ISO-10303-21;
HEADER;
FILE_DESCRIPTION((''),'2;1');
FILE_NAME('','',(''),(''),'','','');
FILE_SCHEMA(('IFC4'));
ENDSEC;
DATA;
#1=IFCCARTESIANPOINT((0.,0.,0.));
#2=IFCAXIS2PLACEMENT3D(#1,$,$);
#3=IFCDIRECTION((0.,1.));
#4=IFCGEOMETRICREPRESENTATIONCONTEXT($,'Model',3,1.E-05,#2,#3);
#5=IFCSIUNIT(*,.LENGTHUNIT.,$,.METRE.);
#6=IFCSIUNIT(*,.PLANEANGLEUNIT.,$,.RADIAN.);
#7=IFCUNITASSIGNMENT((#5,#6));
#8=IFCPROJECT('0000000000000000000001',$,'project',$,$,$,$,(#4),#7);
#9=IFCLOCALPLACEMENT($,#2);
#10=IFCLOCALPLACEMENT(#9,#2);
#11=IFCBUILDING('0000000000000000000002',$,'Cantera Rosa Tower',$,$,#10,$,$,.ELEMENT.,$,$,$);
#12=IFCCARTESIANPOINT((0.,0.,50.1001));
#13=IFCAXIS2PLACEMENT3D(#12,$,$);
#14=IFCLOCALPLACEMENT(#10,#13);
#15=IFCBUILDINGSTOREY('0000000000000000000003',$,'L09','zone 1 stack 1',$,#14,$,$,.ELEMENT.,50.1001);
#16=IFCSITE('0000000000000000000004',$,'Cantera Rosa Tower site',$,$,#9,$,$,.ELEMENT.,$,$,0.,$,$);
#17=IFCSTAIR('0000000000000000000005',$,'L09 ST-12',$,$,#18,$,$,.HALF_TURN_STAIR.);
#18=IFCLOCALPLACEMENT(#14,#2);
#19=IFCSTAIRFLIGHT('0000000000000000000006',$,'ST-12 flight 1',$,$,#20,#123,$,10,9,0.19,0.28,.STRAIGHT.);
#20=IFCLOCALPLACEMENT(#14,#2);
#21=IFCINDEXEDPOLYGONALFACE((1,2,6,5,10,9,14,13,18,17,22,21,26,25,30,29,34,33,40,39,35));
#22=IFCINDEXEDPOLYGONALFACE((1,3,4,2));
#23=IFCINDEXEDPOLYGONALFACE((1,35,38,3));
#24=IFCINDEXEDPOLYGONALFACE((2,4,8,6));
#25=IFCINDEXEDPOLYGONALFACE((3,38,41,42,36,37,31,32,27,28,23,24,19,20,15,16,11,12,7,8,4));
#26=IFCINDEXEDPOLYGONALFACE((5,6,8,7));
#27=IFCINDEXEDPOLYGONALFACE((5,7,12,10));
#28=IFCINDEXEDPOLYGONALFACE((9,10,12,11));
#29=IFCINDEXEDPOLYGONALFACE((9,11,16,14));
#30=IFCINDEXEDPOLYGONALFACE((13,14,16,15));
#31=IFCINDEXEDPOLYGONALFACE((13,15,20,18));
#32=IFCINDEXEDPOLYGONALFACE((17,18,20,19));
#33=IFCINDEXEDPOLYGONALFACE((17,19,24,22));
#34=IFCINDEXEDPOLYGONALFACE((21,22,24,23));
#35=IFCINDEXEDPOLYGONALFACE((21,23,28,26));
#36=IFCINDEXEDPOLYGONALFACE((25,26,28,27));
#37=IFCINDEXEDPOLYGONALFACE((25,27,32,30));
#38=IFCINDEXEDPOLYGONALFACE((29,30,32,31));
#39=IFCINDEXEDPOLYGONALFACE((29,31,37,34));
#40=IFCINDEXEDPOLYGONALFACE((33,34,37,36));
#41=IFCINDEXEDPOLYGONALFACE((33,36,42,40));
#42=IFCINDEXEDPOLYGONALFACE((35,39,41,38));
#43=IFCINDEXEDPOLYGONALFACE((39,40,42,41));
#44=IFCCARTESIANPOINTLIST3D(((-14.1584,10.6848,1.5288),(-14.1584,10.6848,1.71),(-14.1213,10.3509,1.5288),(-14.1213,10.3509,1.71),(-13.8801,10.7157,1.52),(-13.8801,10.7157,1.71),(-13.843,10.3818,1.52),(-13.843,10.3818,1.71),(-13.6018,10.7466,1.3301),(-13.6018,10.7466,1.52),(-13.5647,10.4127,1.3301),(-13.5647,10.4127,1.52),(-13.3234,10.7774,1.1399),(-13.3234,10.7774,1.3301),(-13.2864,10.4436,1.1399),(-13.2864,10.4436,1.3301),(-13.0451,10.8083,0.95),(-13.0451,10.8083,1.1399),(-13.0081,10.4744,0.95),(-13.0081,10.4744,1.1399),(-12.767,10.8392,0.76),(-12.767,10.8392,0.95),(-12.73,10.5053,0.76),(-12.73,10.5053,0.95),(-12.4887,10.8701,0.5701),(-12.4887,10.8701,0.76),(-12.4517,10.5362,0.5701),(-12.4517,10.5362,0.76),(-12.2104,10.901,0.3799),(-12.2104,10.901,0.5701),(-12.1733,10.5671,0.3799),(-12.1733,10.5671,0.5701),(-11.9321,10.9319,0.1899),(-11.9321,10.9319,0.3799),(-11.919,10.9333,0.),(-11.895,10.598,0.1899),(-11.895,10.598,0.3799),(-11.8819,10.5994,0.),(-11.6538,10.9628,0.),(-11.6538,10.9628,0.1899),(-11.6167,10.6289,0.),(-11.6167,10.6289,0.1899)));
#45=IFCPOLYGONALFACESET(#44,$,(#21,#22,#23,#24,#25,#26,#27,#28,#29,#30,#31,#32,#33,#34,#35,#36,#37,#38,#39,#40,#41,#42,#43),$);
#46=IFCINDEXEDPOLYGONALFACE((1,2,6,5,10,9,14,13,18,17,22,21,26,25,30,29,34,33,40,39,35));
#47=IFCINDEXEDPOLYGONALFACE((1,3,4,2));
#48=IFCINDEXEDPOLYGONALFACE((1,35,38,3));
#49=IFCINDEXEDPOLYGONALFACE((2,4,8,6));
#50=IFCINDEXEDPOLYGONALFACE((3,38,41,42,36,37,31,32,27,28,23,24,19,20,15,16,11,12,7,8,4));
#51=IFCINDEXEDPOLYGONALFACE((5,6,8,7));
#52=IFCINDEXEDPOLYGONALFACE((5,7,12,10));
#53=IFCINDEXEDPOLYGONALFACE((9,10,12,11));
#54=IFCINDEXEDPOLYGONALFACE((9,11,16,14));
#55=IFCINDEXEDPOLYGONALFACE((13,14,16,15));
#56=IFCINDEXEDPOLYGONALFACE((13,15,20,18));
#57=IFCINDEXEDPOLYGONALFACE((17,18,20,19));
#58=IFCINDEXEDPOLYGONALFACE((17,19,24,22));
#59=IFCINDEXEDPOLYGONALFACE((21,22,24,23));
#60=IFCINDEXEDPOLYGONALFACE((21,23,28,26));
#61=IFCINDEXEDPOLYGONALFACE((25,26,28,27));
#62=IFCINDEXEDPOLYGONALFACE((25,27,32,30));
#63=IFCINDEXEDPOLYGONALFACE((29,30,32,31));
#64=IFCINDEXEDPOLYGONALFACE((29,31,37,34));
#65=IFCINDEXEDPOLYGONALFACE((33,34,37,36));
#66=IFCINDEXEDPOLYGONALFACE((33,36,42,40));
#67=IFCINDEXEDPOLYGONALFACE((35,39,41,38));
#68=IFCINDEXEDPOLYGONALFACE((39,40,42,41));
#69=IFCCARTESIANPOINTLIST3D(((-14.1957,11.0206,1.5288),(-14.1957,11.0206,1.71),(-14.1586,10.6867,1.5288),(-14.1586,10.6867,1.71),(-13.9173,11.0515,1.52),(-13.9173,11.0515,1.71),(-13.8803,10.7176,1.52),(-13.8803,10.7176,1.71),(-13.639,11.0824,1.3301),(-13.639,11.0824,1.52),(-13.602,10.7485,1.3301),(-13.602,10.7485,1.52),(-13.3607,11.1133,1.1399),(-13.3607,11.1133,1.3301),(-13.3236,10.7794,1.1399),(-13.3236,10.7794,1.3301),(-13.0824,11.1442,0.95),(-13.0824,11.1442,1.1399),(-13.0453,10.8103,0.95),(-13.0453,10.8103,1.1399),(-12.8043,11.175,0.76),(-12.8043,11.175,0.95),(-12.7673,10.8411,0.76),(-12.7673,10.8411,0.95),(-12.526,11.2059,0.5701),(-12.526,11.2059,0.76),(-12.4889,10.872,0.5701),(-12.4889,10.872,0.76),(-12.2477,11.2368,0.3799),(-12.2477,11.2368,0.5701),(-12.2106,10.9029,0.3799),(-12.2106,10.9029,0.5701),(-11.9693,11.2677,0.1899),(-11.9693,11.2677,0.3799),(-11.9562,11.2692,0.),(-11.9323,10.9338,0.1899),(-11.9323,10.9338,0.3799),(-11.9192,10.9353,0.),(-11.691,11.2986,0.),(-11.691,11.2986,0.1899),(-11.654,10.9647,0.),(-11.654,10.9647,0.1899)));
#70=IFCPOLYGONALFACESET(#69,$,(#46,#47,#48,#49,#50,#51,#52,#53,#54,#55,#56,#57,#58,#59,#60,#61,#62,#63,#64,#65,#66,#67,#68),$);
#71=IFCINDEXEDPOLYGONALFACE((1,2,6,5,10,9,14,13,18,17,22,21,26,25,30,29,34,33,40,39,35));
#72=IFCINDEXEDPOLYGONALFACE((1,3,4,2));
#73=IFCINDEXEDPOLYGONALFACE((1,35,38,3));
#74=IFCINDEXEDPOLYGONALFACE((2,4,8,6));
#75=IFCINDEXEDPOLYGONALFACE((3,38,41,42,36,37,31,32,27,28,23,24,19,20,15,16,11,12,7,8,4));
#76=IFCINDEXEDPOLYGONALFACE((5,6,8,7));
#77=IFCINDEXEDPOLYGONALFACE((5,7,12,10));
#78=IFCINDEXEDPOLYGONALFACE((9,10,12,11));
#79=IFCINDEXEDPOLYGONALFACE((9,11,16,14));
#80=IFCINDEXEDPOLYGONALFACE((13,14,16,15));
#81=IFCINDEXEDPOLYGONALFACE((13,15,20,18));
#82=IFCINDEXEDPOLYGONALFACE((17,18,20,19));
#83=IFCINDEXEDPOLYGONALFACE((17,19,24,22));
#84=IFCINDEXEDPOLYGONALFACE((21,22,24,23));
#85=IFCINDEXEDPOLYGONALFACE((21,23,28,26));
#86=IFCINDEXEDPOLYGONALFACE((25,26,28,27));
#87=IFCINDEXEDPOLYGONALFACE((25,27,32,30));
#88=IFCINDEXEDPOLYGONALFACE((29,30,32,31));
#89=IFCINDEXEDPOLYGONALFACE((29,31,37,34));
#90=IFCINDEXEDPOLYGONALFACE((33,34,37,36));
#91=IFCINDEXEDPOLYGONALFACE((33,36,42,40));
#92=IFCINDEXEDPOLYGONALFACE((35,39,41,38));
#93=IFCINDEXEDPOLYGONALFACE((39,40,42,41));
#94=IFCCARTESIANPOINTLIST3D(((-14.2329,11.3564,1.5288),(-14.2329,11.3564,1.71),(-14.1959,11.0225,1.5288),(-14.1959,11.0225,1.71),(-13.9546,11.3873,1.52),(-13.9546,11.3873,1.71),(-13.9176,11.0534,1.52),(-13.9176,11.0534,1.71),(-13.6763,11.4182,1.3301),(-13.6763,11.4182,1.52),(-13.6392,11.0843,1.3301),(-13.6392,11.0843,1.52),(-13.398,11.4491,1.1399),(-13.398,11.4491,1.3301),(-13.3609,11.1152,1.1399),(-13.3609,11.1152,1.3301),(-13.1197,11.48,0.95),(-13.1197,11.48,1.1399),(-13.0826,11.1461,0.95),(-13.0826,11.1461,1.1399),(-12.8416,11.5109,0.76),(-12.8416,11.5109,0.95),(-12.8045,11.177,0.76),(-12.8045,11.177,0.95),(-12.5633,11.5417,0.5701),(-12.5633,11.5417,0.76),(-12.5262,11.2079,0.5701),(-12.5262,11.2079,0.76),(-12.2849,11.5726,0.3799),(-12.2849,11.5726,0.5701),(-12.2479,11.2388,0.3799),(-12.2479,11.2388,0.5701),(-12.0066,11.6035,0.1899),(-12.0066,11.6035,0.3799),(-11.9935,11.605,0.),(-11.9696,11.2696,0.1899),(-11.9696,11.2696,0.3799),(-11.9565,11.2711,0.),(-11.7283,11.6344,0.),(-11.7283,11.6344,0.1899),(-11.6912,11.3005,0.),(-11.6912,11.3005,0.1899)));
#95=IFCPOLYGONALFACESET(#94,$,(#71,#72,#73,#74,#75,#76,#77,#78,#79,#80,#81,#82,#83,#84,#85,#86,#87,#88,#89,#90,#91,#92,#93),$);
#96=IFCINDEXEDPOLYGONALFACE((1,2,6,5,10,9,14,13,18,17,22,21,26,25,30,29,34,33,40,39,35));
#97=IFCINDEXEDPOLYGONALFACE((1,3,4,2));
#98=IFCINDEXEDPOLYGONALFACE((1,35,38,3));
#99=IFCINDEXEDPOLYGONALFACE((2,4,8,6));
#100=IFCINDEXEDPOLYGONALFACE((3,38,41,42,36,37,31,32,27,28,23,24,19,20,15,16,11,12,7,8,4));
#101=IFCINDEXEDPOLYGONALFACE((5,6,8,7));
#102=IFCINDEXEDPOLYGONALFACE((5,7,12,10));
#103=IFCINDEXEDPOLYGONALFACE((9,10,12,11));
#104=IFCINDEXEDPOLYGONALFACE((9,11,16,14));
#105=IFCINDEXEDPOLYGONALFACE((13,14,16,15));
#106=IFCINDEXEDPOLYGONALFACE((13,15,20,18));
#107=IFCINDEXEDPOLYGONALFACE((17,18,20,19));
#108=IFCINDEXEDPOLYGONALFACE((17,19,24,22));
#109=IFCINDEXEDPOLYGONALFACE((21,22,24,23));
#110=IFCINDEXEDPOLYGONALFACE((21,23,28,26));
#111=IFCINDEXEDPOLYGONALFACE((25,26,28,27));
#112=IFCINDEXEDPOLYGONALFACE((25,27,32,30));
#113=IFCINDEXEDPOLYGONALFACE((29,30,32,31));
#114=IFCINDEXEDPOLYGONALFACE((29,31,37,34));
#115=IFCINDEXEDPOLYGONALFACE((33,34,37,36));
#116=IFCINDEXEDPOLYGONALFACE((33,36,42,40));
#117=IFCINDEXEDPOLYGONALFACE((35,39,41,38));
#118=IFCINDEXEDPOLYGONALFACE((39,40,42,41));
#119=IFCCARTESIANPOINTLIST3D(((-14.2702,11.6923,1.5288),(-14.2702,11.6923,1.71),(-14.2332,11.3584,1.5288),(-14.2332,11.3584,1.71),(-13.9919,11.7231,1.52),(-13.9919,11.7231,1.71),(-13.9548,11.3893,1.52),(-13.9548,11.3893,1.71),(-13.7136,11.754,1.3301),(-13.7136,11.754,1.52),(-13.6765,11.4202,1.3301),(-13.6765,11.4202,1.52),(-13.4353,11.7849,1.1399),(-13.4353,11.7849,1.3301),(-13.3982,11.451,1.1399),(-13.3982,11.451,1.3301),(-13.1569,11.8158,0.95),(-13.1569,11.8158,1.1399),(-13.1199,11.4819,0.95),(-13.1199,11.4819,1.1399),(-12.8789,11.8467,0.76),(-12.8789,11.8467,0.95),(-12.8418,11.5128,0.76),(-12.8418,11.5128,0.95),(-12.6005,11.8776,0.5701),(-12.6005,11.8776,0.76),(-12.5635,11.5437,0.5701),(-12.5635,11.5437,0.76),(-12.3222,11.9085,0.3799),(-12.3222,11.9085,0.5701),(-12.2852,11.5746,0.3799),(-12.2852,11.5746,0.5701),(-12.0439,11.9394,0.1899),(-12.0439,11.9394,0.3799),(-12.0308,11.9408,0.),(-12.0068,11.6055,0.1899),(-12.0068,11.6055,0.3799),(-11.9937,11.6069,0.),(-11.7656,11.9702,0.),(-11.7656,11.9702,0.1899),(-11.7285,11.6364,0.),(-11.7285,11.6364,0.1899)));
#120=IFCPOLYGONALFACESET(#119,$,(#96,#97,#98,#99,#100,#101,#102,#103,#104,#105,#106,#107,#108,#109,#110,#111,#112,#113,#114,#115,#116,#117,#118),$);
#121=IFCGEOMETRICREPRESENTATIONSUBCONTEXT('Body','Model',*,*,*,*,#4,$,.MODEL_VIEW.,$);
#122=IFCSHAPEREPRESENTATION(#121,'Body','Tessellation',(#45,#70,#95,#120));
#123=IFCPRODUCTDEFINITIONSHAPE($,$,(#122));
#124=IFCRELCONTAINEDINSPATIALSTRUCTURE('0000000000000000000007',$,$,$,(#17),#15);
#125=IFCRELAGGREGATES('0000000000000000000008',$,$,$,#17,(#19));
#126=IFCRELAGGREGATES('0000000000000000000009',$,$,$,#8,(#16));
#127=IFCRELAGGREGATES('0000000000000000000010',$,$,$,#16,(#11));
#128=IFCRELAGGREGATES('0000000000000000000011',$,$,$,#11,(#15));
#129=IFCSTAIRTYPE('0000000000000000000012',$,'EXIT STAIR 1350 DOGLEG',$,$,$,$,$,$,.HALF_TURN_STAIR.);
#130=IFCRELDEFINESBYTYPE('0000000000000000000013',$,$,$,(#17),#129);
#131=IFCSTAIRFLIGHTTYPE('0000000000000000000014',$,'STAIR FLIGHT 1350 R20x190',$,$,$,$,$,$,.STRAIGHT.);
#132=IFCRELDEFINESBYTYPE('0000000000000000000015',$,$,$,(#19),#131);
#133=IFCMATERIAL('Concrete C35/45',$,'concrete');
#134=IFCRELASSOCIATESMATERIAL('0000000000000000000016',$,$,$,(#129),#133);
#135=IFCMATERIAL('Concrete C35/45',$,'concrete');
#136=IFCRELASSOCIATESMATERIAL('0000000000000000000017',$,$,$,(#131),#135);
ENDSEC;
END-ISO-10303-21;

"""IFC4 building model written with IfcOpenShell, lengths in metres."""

from ifc_helpers import new_model, si_unit, direction, frame, origin, place, context, subcontext, project, spatial, polyline, outline, extrude, material, type_object, element, aggregate, save


model = new_model("IFC4")

# Units and contexts
model_context = context("Model", 3, precision=1e-05, world=origin(), true_north=direction((0.0, 1.0)))
body_context = subcontext(model_context, "Body", "Model", "MODEL_VIEW")
ifc_project = project(units=[si_unit("LENGTHUNIT", "METRE"), si_unit("PLANEANGLEUNIT", "RADIAN")], contexts=[model_context])

# Site, building, storey
site_placement = place(None, origin())
site = spatial("IfcSite", under=ifc_project, at=site_placement, Name="Cantera Rosa Tower site", CompositionType="ELEMENT", RefElevation=0.0)
building_placement = place(site_placement, origin())
building = spatial("IfcBuilding", under=site, at=building_placement, Name="Cantera Rosa Tower", CompositionType="ELEMENT")
storey_placement = place(building_placement, frame((0.0, 0.0, 50.1001)))
storey = spatial("IfcBuildingStorey", under=building, at=storey_placement, Name="L09", Description="zone 1 stack 1", CompositionType="ELEMENT", Elevation=50.1001)

# Stair, stair flight
ifc_material_1 = material(Name="Concrete C35/45", Category="concrete")
stair_type = type_object("IfcStairType", Name="EXIT STAIR 1350 DOGLEG", PredefinedType="HALF_TURN_STAIR", material=ifc_material_1)
stair_placement = place(storey_placement, origin())
stair = element("IfcStair", 1, at=stair_placement, inside=storey, type_object=stair_type, Name="L09 ST-12", PredefinedType="HALF_TURN_STAIR")
ifc_material_2 = material(Name="Concrete C35/45", Category="concrete")
stair_flight_type = type_object("IfcStairFlightType", Name="STAIR FLIGHT 1350 R20x190", PredefinedType="STRAIGHT", material=ifc_material_2)
stair_flight_placement = place(storey_placement, frame((-11.6912, 11.2998, 0.0), z_axis=(0.0, 0.0, 1.0), x_axis=(-0.993897, -0.110313, 0.0)))
stair_flight = element("IfcStairFlight", 2, at=stair_flight_placement, type_object=stair_flight_type, Name="ST-12 flight 1", NumberOfRisers=10, NumberOfTreads=9, PredefinedType="STRAIGHT", RiserHeight=0.19, TreadLength=0.28, context=body_context, shape_type="SweptSolid", body=[
    extrude(outline(polyline([(0.0, 0.0), (0.0, 0.1899), (0.28, 0.1899), (0.28, 0.3799), (0.5601, 0.3799), (0.5601, 0.5701), (0.8401, 0.5701), (0.8401, 0.76), (1.1201, 0.76), (1.1201, 0.95), (1.3999, 0.95), (1.3999, 1.1399), (1.6799, 1.1399), (1.6799, 1.3301), (1.96, 1.3301), (1.96, 1.52), (2.24, 1.52), (2.24, 1.71), (2.52, 1.71), (2.52, 1.8999), (2.52, 1.5288), (0.2668, 0.0), (0.0, 0.0)])), frame((0.0, 0.675, 0.0), z_axis=(0.0, -1.0, 0.0), x_axis=(1.0, 0.0, 0.0)), (0.0, 0.0, 1.0), 0.3359),
    extrude(outline(polyline([(0.0, 0.0), (0.0, 0.1899), (0.28, 0.1899), (0.28, 0.3799), (0.5601, 0.3799), (0.5601, 0.5701), (0.8401, 0.5701), (0.8401, 0.76), (1.1201, 0.76), (1.1201, 0.95), (1.3999, 0.95), (1.3999, 1.1399), (1.6799, 1.1399), (1.6799, 1.3301), (1.96, 1.3301), (1.96, 1.52), (2.24, 1.52), (2.24, 1.71), (2.52, 1.71), (2.52, 1.8999), (2.52, 1.5288), (0.2668, 0.0), (0.0, 0.0)])), frame((0.0, 0.3372, 0.0), z_axis=(0.0, -1.0, 0.0), x_axis=(1.0, 0.0, 0.0)), (0.0, 0.0, 1.0), 0.3359),
    extrude(outline(polyline([(0.0, 0.0), (0.0, 0.1899), (0.28, 0.1899), (0.28, 0.3799), (0.5601, 0.3799), (0.5601, 0.5701), (0.8401, 0.5701), (0.8401, 0.76), (1.1201, 0.76), (1.1201, 0.95), (1.3999, 0.95), (1.3999, 1.1399), (1.6799, 1.1399), (1.6799, 1.3301), (1.96, 1.3301), (1.96, 1.52), (2.24, 1.52), (2.24, 1.71), (2.52, 1.71), (2.52, 1.8999), (2.52, 1.5288), (0.2668, 0.0), (0.0, 0.0)])), frame((0.0, -0.0007, 0.0), z_axis=(0.0, -1.0, 0.0), x_axis=(1.0, 0.0, 0.0)), (0.0, 0.0, 1.0), 0.3359),
    extrude(outline(polyline([(0.0, 0.0), (0.0, 0.1899), (0.28, 0.1899), (0.28, 0.3799), (0.5601, 0.3799), (0.5601, 0.5701), (0.8401, 0.5701), (0.8401, 0.76), (1.1201, 0.76), (1.1201, 0.95), (1.3999, 0.95), (1.3999, 1.1399), (1.6799, 1.1399), (1.6799, 1.3301), (1.96, 1.3301), (1.96, 1.52), (2.24, 1.52), (2.24, 1.71), (2.52, 1.71), (2.52, 1.8999), (2.52, 1.5288), (0.2668, 0.0), (0.0, 0.0)])), frame((0.0, -0.3386, 0.0), z_axis=(0.0, -1.0, 0.0), x_axis=(1.0, 0.0, 0.0)), (0.0, 0.0, 1.0), 0.3359),
])
aggregate(stair, [stair_flight])

save(model, "model.ifc")
